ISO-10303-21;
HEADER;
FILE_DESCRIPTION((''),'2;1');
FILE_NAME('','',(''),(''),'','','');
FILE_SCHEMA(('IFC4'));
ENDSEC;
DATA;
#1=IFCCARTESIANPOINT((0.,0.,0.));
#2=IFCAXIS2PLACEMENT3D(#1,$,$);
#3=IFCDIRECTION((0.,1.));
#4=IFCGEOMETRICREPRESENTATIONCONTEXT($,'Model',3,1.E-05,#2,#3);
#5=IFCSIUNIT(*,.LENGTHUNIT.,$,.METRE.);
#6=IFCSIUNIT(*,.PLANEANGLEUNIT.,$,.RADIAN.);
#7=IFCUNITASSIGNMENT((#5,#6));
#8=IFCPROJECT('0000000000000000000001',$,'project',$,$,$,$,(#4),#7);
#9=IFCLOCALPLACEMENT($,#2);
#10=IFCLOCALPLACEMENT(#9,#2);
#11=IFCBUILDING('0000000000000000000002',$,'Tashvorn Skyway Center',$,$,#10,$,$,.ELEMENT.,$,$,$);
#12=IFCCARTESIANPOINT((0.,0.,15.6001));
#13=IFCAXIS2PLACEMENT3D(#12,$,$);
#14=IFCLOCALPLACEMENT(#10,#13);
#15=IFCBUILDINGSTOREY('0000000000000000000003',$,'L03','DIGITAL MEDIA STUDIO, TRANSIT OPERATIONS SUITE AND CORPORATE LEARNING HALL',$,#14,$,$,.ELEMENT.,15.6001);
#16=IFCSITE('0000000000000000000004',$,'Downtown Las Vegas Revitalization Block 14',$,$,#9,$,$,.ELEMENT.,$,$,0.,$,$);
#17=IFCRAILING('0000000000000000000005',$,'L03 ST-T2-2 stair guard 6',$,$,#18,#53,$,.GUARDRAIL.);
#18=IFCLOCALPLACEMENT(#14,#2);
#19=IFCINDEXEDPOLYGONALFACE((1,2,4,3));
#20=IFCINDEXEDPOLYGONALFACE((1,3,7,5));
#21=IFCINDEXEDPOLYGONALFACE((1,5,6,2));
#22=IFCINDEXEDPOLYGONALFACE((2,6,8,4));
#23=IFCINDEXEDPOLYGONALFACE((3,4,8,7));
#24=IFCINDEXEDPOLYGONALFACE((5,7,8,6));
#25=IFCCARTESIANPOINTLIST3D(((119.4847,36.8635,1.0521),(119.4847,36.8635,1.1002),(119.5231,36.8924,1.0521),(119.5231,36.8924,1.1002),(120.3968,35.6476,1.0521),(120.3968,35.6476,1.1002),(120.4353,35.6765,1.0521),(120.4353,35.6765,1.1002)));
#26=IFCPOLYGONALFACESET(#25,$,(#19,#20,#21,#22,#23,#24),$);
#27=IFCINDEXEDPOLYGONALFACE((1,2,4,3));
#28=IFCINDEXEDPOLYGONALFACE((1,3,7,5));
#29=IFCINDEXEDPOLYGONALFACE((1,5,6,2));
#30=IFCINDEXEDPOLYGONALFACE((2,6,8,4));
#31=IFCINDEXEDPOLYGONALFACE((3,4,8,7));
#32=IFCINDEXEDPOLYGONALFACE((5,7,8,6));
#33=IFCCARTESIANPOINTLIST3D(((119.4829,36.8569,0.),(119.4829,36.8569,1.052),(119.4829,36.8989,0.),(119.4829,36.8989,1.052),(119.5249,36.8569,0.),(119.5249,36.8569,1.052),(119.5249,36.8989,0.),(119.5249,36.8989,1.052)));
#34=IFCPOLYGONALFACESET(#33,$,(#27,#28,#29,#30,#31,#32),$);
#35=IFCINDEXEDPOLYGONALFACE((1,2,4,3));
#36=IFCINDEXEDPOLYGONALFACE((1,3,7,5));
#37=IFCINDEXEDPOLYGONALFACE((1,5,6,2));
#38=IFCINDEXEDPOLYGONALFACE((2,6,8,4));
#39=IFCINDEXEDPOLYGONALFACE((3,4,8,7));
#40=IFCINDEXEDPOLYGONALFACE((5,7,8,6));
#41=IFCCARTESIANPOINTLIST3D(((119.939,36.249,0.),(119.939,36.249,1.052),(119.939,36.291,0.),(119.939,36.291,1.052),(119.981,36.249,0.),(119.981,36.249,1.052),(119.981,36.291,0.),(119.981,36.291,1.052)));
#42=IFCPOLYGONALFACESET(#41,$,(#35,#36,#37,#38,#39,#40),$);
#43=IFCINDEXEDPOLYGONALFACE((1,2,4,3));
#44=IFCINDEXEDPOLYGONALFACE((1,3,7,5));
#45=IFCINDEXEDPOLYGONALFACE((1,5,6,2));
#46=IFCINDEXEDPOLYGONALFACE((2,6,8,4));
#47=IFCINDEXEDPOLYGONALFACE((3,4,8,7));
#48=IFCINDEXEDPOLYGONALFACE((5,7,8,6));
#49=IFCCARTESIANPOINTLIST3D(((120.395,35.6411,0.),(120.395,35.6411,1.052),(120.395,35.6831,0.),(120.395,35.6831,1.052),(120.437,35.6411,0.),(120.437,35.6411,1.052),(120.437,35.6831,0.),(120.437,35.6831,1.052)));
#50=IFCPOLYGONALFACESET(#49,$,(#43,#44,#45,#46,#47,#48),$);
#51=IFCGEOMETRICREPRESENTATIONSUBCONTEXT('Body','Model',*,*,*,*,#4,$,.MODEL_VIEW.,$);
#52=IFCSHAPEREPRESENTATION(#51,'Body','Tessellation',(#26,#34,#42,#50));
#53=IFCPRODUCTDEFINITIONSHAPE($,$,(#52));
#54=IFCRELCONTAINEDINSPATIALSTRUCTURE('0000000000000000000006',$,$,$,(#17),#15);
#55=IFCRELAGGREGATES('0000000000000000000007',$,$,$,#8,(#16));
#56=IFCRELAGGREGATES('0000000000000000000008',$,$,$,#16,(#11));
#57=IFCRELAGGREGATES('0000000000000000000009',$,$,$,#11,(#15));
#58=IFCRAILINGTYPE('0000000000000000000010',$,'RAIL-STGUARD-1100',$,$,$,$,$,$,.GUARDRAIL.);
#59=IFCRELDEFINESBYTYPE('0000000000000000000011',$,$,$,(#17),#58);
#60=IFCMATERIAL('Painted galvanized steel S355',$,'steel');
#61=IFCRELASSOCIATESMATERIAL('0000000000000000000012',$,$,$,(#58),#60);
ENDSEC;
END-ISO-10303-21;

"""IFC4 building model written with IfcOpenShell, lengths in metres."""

from ifc_helpers import new_model, si_unit, direction, frame, origin, origin_2d, place, context, subcontext, project, spatial, rectangle, extrude, material, type_object, element, save


model = new_model("IFC4")

# Units and contexts
model_context = context("Model", 3, precision=1e-05, world=origin(), true_north=direction((0.0, 1.0)))
body_context = subcontext(model_context, "Body", "Model", "MODEL_VIEW")
ifc_project = project(units=[si_unit("LENGTHUNIT", "METRE"), si_unit("PLANEANGLEUNIT", "RADIAN")], contexts=[model_context])

# Site, building, storey
site_placement = place(None, origin())
site = spatial("IfcSite", under=ifc_project, at=site_placement, Name="Downtown Las Vegas Revitalization Block 14", CompositionType="ELEMENT", RefElevation=0.0)
building_placement = place(site_placement, origin())
building = spatial("IfcBuilding", under=site, at=building_placement, Name="Tashvorn Skyway Center", CompositionType="ELEMENT")
storey_placement = place(building_placement, frame((0.0, 0.0, 15.6001)))
storey = spatial("IfcBuildingStorey", under=building, at=storey_placement, Name="L03", Description="DIGITAL MEDIA STUDIO, TRANSIT OPERATIONS SUITE AND CORPORATE LEARNING HALL", CompositionType="ELEMENT", Elevation=15.6001)

# Railing
ifc_material_1 = material(Name="Painted galvanized steel S355", Category="steel")
railing_type_1 = type_object("IfcRailingType", Name="RAIL-STGUARD-1100", PredefinedType="GUARDRAIL", material=ifc_material_1)
railing_1_placement = place(storey_placement, frame((119.5039, 36.8779, 0.0)))
element("IfcRailing", 1, at=railing_1_placement, inside=storey, type_object=railing_type_1, Name="L03 ST-T2-2 stair guard 6", PredefinedType="GUARDRAIL", context=body_context, shape_type="SweptSolid", body=[
    extrude(rectangle(XDim=0.0481, YDim=0.0481, at=origin_2d()), frame((0.0, 0.0, 1.0762), z_axis=(0.600103, -0.799923, 0.0), x_axis=(0.799923, 0.600103, 0.0)), (0.0, 0.0, 1.0), 1.52),
    extrude(rectangle(XDim=0.042, YDim=0.042, at=origin_2d()), origin(), (0.0, 0.0, 1.0), 1.052),
    extrude(rectangle(XDim=0.042, YDim=0.042, at=origin_2d()), frame((0.4561, -0.6079, 0.0)), (0.0, 0.0, 1.0), 1.052),
    extrude(rectangle(XDim=0.042, YDim=0.042, at=origin_2d()), frame((0.9121, -1.2158, 0.0)), (0.0, 0.0, 1.0), 1.052),
])

save(model, "model.ifc")
